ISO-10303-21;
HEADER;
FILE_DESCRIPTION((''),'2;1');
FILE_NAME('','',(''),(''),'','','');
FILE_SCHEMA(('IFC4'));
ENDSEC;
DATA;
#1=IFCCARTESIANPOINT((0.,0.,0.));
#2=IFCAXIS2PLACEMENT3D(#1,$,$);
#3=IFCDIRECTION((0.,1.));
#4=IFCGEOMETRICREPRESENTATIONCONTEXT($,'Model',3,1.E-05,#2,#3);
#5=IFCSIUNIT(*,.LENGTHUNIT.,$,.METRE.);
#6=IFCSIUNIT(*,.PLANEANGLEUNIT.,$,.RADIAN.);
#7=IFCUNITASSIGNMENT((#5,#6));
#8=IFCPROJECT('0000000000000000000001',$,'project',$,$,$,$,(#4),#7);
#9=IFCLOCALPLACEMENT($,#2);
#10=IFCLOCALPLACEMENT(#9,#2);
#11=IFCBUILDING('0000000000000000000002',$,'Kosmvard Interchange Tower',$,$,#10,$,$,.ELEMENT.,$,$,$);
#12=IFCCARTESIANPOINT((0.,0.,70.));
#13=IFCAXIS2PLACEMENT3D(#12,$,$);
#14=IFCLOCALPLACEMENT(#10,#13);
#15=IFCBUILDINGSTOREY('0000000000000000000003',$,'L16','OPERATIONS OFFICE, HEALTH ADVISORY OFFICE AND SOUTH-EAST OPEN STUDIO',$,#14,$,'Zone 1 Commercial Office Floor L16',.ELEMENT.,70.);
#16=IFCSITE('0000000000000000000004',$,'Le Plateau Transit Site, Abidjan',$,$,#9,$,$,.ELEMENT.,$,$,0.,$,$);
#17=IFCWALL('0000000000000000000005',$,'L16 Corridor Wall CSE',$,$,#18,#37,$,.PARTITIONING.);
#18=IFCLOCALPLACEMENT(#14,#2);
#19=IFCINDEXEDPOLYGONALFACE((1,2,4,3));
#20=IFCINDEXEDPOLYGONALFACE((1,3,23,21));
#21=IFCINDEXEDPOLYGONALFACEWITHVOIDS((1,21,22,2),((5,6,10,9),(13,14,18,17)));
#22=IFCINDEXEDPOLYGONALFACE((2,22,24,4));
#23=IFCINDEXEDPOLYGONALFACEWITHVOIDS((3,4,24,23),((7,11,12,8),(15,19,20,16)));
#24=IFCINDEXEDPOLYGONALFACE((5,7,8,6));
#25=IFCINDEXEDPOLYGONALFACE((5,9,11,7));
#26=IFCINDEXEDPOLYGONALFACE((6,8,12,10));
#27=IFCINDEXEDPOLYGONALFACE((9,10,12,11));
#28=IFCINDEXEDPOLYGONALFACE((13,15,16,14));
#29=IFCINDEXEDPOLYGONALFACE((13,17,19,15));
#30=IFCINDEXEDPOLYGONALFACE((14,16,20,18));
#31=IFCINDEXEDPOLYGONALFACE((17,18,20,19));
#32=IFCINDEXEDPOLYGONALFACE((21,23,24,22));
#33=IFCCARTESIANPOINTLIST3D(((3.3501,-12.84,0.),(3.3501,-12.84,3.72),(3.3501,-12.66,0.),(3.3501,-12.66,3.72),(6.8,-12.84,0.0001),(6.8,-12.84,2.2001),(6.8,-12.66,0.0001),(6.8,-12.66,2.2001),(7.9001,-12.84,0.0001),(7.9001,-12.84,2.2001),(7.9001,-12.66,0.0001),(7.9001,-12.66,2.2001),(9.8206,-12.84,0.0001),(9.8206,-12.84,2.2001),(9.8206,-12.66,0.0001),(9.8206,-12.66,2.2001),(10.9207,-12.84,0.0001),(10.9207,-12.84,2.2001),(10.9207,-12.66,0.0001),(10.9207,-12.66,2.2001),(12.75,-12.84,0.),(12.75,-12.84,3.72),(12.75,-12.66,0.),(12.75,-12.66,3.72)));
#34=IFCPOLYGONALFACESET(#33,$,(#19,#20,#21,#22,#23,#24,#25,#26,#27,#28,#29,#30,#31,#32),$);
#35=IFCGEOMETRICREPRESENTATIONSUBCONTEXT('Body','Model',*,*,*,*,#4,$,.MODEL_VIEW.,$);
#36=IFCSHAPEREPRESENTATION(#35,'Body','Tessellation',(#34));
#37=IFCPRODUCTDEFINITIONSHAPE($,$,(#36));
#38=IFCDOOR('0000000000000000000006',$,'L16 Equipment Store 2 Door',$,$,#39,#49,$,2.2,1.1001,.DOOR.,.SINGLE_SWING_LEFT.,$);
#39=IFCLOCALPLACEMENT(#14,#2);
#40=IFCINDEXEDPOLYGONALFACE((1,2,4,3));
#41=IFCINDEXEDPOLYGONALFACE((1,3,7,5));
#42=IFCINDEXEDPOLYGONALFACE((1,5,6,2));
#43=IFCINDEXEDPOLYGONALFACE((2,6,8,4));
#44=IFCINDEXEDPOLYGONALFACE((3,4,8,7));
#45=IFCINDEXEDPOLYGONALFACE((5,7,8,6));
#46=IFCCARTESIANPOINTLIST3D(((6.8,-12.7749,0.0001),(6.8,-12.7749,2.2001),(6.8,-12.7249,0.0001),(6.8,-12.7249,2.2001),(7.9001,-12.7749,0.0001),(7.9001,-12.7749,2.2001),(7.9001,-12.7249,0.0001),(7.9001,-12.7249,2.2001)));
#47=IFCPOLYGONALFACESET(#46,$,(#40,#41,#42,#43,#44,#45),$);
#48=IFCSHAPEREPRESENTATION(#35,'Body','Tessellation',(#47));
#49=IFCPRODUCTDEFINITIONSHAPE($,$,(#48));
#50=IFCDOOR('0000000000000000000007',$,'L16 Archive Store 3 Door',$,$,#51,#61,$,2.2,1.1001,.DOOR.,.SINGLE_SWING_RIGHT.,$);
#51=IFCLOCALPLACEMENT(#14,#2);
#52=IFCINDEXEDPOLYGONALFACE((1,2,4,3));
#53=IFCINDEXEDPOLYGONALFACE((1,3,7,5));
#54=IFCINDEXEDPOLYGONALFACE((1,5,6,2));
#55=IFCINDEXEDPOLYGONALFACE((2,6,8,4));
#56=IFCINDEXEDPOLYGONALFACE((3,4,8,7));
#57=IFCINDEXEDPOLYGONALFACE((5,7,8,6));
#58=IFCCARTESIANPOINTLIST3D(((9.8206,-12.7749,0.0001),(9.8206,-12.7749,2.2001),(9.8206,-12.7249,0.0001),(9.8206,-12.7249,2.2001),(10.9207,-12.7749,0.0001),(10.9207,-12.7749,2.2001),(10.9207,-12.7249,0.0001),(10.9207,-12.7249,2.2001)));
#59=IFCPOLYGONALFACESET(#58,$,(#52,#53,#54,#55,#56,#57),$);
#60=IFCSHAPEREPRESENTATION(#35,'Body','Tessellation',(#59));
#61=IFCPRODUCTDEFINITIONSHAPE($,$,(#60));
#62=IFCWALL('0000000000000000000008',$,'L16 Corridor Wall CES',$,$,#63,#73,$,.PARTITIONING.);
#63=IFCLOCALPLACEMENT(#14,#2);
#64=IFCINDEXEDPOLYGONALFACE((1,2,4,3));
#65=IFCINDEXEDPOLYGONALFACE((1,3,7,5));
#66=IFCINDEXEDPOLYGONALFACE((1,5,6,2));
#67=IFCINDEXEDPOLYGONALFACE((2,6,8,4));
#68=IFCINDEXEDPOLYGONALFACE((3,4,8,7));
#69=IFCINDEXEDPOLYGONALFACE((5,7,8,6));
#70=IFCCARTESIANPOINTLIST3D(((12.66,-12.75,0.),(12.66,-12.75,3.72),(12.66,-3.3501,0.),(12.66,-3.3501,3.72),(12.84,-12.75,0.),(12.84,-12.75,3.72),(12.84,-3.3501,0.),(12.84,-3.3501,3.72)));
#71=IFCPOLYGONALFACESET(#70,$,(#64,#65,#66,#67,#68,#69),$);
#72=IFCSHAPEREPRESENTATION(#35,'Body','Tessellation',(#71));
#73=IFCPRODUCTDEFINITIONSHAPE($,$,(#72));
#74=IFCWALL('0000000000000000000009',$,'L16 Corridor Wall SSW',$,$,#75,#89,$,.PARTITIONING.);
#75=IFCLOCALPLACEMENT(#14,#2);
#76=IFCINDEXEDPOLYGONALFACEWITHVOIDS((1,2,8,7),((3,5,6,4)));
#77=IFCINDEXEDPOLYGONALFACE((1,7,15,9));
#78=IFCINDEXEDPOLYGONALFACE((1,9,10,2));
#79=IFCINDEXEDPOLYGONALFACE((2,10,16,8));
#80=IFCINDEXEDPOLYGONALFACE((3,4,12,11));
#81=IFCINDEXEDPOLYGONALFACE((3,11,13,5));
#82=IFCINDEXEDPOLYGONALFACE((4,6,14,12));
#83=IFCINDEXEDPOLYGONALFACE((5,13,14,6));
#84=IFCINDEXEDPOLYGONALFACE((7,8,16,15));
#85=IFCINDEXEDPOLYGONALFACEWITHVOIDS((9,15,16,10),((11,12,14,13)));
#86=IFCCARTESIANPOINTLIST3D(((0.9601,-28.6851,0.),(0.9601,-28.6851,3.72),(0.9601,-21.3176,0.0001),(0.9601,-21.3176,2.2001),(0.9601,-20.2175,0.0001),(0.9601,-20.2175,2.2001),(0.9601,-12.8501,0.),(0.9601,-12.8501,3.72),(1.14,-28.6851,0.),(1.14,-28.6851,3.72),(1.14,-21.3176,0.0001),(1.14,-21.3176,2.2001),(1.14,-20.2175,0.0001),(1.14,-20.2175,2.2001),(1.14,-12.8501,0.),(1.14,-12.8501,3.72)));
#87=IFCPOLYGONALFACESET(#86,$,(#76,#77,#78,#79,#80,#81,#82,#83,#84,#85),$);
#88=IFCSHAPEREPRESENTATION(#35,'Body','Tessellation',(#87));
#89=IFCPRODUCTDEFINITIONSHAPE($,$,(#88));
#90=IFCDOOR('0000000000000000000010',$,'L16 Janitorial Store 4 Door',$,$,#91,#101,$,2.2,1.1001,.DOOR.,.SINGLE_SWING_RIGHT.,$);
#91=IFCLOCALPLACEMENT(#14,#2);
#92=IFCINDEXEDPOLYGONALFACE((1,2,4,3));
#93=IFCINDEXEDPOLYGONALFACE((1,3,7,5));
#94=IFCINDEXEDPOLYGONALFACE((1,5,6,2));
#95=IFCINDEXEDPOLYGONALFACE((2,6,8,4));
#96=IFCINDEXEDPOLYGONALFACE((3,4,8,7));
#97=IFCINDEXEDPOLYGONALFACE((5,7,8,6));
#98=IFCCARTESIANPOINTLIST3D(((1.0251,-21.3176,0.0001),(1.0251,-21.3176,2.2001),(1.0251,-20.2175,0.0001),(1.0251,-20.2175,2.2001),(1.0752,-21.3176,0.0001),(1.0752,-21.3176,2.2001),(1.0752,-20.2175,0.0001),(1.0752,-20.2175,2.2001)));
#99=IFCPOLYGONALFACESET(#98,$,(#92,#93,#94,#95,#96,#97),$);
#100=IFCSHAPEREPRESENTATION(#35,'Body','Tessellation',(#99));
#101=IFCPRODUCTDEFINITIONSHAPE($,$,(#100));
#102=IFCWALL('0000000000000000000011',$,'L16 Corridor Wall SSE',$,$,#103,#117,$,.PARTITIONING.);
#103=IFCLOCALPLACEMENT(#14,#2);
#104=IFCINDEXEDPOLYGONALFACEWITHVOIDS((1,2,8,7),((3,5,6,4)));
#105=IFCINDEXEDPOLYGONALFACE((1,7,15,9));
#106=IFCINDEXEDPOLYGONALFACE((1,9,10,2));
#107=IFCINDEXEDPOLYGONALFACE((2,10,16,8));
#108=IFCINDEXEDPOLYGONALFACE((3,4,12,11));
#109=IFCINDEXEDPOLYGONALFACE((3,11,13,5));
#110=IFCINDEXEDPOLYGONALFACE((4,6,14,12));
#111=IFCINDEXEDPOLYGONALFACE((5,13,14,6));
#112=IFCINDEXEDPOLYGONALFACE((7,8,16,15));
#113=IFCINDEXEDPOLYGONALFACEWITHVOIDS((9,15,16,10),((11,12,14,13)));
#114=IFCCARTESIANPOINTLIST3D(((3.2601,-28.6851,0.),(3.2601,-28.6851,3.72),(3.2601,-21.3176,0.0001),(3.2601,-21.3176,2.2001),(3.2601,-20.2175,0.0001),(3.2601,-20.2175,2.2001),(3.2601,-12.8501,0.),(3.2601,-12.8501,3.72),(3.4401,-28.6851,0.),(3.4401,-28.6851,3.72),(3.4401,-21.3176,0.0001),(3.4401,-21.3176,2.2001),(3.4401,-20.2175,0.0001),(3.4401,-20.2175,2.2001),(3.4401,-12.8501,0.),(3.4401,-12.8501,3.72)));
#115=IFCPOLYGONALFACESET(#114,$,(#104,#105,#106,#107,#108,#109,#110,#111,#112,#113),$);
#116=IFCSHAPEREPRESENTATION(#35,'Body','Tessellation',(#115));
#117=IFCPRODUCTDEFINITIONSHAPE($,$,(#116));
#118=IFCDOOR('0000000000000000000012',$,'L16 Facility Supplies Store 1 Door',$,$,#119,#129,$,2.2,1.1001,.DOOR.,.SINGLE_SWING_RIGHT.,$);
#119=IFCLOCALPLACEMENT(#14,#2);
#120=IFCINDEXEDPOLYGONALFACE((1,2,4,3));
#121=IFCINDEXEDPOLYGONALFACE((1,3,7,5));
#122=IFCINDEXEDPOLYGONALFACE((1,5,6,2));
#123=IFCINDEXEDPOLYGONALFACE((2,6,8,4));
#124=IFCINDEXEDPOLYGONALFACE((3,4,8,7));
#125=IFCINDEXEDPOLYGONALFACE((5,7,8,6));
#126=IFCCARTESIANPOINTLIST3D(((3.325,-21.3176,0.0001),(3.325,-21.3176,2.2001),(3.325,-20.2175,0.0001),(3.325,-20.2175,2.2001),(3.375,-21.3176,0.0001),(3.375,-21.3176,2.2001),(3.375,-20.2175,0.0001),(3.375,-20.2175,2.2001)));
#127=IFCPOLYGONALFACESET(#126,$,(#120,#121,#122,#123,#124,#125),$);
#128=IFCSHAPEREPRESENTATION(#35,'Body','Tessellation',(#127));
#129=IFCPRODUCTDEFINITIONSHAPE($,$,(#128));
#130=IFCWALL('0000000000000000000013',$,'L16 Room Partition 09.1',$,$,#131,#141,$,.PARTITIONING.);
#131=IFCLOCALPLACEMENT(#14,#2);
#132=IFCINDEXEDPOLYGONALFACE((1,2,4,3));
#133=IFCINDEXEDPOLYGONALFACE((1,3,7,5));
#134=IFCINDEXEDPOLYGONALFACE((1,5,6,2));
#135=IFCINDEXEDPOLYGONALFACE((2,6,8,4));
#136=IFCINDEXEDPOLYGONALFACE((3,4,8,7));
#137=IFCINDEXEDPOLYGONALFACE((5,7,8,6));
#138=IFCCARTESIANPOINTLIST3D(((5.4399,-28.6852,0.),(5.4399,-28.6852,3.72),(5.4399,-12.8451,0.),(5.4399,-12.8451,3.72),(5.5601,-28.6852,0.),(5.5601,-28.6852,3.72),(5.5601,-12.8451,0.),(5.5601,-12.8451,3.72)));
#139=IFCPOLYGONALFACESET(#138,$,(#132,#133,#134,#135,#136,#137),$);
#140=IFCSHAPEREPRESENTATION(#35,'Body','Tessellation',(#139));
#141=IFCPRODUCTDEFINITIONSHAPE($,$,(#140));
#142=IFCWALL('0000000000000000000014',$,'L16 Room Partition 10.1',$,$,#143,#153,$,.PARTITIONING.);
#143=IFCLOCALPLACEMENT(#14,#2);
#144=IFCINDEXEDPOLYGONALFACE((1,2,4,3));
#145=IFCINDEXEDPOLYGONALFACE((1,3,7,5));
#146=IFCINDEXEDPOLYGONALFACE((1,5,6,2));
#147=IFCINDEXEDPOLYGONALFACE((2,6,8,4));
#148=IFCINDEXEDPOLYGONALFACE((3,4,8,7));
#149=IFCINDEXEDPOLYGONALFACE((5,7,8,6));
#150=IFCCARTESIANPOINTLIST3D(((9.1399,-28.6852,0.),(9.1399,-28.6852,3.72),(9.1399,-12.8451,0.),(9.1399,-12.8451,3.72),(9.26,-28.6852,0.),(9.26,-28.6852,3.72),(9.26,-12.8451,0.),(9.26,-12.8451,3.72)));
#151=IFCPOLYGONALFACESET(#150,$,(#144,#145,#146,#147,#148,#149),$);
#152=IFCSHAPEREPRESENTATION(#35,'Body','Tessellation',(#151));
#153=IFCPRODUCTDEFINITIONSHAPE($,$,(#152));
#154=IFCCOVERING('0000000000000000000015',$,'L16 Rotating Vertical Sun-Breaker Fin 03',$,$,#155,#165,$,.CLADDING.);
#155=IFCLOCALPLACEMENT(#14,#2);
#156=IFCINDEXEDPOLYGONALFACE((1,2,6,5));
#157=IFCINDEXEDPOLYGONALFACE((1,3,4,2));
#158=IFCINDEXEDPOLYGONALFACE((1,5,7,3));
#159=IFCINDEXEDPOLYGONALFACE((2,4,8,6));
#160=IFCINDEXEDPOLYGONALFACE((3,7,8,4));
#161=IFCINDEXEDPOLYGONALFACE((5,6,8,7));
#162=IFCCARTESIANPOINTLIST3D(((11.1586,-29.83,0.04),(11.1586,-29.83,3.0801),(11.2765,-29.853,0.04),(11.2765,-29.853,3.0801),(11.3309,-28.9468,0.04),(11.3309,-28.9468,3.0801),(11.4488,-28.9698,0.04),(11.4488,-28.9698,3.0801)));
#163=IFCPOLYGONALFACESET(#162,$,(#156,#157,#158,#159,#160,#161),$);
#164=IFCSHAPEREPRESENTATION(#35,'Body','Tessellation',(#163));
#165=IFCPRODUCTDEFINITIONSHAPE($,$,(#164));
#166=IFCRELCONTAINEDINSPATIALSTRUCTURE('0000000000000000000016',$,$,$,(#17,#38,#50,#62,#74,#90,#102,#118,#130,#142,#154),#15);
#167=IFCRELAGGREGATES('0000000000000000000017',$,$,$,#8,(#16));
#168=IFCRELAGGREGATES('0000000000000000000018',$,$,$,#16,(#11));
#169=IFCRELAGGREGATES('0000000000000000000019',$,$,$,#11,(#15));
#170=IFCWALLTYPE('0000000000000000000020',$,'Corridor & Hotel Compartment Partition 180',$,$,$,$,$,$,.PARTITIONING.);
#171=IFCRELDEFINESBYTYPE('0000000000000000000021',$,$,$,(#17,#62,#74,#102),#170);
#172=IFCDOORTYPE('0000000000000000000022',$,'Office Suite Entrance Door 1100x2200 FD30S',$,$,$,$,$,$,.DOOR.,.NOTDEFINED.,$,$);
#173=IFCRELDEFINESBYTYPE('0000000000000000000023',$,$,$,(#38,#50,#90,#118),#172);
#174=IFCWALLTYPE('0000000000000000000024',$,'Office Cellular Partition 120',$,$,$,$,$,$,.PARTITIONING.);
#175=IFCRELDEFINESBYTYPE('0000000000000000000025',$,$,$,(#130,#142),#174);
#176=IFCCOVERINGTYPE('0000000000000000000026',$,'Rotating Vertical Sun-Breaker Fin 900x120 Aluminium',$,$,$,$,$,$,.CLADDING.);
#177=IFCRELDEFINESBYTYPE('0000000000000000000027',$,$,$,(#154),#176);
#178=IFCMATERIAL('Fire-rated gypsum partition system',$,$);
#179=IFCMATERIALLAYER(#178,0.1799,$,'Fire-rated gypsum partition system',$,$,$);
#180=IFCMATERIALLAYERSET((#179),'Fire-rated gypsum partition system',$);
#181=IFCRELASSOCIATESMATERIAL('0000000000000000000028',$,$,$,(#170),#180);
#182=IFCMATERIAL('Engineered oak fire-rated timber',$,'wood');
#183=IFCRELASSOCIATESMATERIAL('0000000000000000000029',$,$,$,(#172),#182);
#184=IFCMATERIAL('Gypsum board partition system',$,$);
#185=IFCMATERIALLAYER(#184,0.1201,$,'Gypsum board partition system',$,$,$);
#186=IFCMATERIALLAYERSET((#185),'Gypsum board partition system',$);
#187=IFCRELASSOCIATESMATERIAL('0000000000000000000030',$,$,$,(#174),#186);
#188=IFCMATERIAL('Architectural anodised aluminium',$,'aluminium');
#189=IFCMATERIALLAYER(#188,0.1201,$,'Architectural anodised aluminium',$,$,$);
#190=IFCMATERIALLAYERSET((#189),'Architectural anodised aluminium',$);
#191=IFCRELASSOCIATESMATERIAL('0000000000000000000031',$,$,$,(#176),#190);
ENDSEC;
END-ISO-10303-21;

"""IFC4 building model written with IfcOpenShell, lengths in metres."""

from ifc_helpers import new_model, si_unit, direction, frame, frame_2d, origin, origin_2d, place, context, subcontext, project, spatial, rectangle, extrude, source, transform, mapped, material, layer, layer_set, type_object, element, fill, save


model = new_model("IFC4")

# Units and contexts
model_context = context("Model", 3, precision=1e-05, world=origin(), true_north=direction((0.0, 1.0)))
body_context = subcontext(model_context, "Body", "Model", "MODEL_VIEW")
ifc_project = project(units=[si_unit("LENGTHUNIT", "METRE"), si_unit("PLANEANGLEUNIT", "RADIAN")], contexts=[model_context])

# Site, building, storey
site_placement = place(None, origin())
site = spatial("IfcSite", under=ifc_project, at=site_placement, Name="Le Plateau Transit Site, Abidjan", CompositionType="ELEMENT", RefElevation=0.0)
building_placement = place(site_placement, origin())
building = spatial("IfcBuilding", under=site, at=building_placement, Name="Kosmvard Interchange Tower", CompositionType="ELEMENT")
storey_placement = place(building_placement, frame((0.0, 0.0, 70.0)))
storey = spatial("IfcBuildingStorey", under=building, at=storey_placement, Name="L16", Description="OPERATIONS OFFICE, HEALTH ADVISORY OFFICE AND SOUTH-EAST OPEN STUDIO", LongName="Zone 1 Commercial Office Floor L16", CompositionType="ELEMENT", Elevation=70.0)

# Wall, openings, doors
ifc_material_1 = material(Name="Fire-rated gypsum partition system")
ifc_layer_1 = layer(ifc_material_1, 0.1799, Name="Fire-rated gypsum partition system")
ifc_layer_set_1 = layer_set([ifc_layer_1], Name="Fire-rated gypsum partition system")
wall_type_1 = type_object("IfcWallType", Name="Corridor & Hotel Compartment Partition 180", PredefinedType="PARTITIONING", material=ifc_layer_set_1)
wall_1_placement = place(storey_placement, frame((3.3501, -12.75, 0.0), z_axis=(0.0, 0.0, 1.0), x_axis=(1.0, 0.0, 0.0)))
wall_1 = element("IfcWall", 1, at=wall_1_placement, inside=storey, type_object=wall_type_1, Name="L16 Corridor Wall CSE", PredefinedType="PARTITIONING", context=body_context, shape_type="SweptSolid", body=[
    extrude(rectangle(XDim=9.3999, YDim=0.1799, at=frame_2d((4.7, 0.0))), origin(), (0.0, 0.0, 1.0), 3.72),
])
opening_1_placement = place(wall_1_placement, frame((3.45, 0.0, 0.0)))
opening_1 = element("IfcOpeningElement", 2, at=opening_1_placement, cuts=wall_1, PredefinedType="OPENING", context=body_context, shape_type="SweptSolid", body=[
    extrude(rectangle(XDim=1.1001, YDim=2.2, at=frame_2d((0.55, 1.1001))), frame((0.0, 0.1001, 0.0), z_axis=(0.0, -1.0, 0.0), x_axis=(1.0, 0.0, 0.0)), (0.0, 0.0, 1.0), 0.2),
])
opening_2_placement = place(wall_1_placement, frame((6.4705, 0.0, 0.0)))
opening_2 = element("IfcOpeningElement", 3, at=opening_2_placement, cuts=wall_1, PredefinedType="OPENING", context=body_context, shape_type="SweptSolid", body=[
    extrude(rectangle(XDim=1.1001, YDim=2.2, at=frame_2d((0.55, 1.1001))), frame((0.0, 0.1001, 0.0), z_axis=(0.0, -1.0, 0.0), x_axis=(1.0, 0.0, 0.0)), (0.0, 0.0, 1.0), 0.2),
])
ifc_material_2 = material(Name="Engineered oak fire-rated timber", Category="wood")
door_type = type_object("IfcDoorType", Name="Office Suite Entrance Door 1100x2200 FD30S", OperationType="NOTDEFINED", PredefinedType="DOOR", material=ifc_material_2)
shared_shape_1 = source(origin(), body_context, "Body", "SweptSolid", [
    extrude(rectangle(XDim=1.1001, YDim=2.2, at=frame_2d((0.55, 1.1001))), frame((0.0, 0.0249, 0.0), z_axis=(0.0, -1.0, 0.0), x_axis=(1.0, 0.0, 0.0)), (0.0, 0.0, 1.0), 0.05),
])
door_1_placement = place(opening_1_placement, frame((1.1001, 0.0, 0.0), z_axis=(0.0, 0.0, 1.0), x_axis=(-1.0, 0.0, 0.0)))
door_1 = element("IfcDoor", 4, at=door_1_placement, inside=storey, type_object=door_type, Name="L16 Equipment Store 2 Door", OperationType="SINGLE_SWING_LEFT", OverallHeight=2.2, OverallWidth=1.1001, PredefinedType="DOOR", context=body_context, shape_type="MappedRepresentation", body=[
    mapped(shared_shape_1, transform((0.0, 0.0, 0.0), scale=1.0)),
])
fill(opening_1, door_1)
door_2_placement = place(opening_2_placement, frame((1.1001, 0.0, 0.0), z_axis=(0.0, 0.0, 1.0), x_axis=(-1.0, 0.0, 0.0)))
door_2 = element("IfcDoor", 5, at=door_2_placement, inside=storey, type_object=door_type, Name="L16 Archive Store 3 Door", OperationType="SINGLE_SWING_RIGHT", OverallHeight=2.2, OverallWidth=1.1001, PredefinedType="DOOR", context=body_context, shape_type="MappedRepresentation", body=[
    mapped(shared_shape_1, transform((0.0, 0.0, 0.0), scale=1.0)),
])
fill(opening_2, door_2)

# Wall
wall_2_placement = place(storey_placement, frame((12.75, -12.75, 0.0), z_axis=(0.0, 0.0, 1.0), x_axis=(0.0, 1.0, 0.0)))
element("IfcWall", 6, at=wall_2_placement, inside=storey, type_object=wall_type_1, Name="L16 Corridor Wall CES", PredefinedType="PARTITIONING", context=body_context, shape_type="SweptSolid", body=[
    extrude(rectangle(XDim=9.3999, YDim=0.1799, at=frame_2d((4.7, 0.0))), origin(), (0.0, 0.0, 1.0), 3.72),
])

# Walls, openings, doors
wall_3_placement = place(storey_placement, frame((1.05, -28.6851, 0.0), z_axis=(0.0, 0.0, 1.0), x_axis=(0.0, 1.0, 0.0)))
wall_3 = element("IfcWall", 7, at=wall_3_placement, inside=storey, type_object=wall_type_1, Name="L16 Corridor Wall SSW", PredefinedType="PARTITIONING", context=body_context, shape_type="SweptSolid", body=[
    extrude(rectangle(XDim=15.835, YDim=0.1799, at=frame_2d((7.9175, 0.0))), origin(), (0.0, 0.0, 1.0), 3.72),
])
opening_3_placement = place(wall_3_placement, frame((7.3674, 0.0, 0.0)))
opening_3 = element("IfcOpeningElement", 8, at=opening_3_placement, cuts=wall_3, PredefinedType="OPENING", context=body_context, shape_type="SweptSolid", body=[
    extrude(rectangle(XDim=1.1001, YDim=2.2, at=frame_2d((0.55, 1.1001))), frame((0.0, 0.1001, 0.0), z_axis=(0.0, -1.0, 0.0), x_axis=(1.0, 0.0, 0.0)), (0.0, 0.0, 1.0), 0.2),
])
door_3_placement = place(opening_3_placement, origin())
door_3 = element("IfcDoor", 9, at=door_3_placement, inside=storey, type_object=door_type, Name="L16 Janitorial Store 4 Door", OperationType="SINGLE_SWING_RIGHT", OverallHeight=2.2, OverallWidth=1.1001, PredefinedType="DOOR", context=body_context, shape_type="MappedRepresentation", body=[
    mapped(shared_shape_1, transform((0.0, 0.0, 0.0), scale=1.0)),
])
fill(opening_3, door_3)
wall_4_placement = place(storey_placement, frame((3.3501, -28.6851, 0.0), z_axis=(0.0, 0.0, 1.0), x_axis=(0.0, 1.0, 0.0)))
wall_4 = element("IfcWall", 10, at=wall_4_placement, inside=storey, type_object=wall_type_1, Name="L16 Corridor Wall SSE", PredefinedType="PARTITIONING", context=body_context, shape_type="SweptSolid", body=[
    extrude(rectangle(XDim=15.835, YDim=0.1799, at=frame_2d((7.9175, 0.0))), origin(), (0.0, 0.0, 1.0), 3.72),
])
opening_4_placement = place(wall_4_placement, frame((7.3674, 0.0, 0.0)))
opening_4 = element("IfcOpeningElement", 11, at=opening_4_placement, cuts=wall_4, PredefinedType="OPENING", context=body_context, shape_type="SweptSolid", body=[
    extrude(rectangle(XDim=1.1001, YDim=2.2, at=frame_2d((0.55, 1.1001))), frame((0.0, 0.1001, 0.0), z_axis=(0.0, -1.0, 0.0), x_axis=(1.0, 0.0, 0.0)), (0.0, 0.0, 1.0), 0.2),
])
door_4_placement = place(opening_4_placement, frame((1.1001, 0.0, 0.0), z_axis=(0.0, 0.0, 1.0), x_axis=(-1.0, 0.0, 0.0)))
door_4 = element("IfcDoor", 12, at=door_4_placement, inside=storey, type_object=door_type, Name="L16 Facility Supplies Store 1 Door", OperationType="SINGLE_SWING_RIGHT", OverallHeight=2.2, OverallWidth=1.1001, PredefinedType="DOOR", context=body_context, shape_type="MappedRepresentation", body=[
    mapped(shared_shape_1, transform((0.0, 0.0, 0.0), scale=1.0)),
])
fill(opening_4, door_4)

# Walls
ifc_material_3 = material(Name="Gypsum board partition system")
ifc_layer_2 = layer(ifc_material_3, 0.1201, Name="Gypsum board partition system")
ifc_layer_set_2 = layer_set([ifc_layer_2], Name="Gypsum board partition system")
wall_type_2 = type_object("IfcWallType", Name="Office Cellular Partition 120", PredefinedType="PARTITIONING", material=ifc_layer_set_2)
for number, where, z_axis, x_axis, name in (
    (13, (5.5, -28.6851, 0.0), (0.0, 0.0, 1.0), (0.0, 1.0, 0.0), "L16 Room Partition 09.1"),
    (14, (9.2, -28.6851, 0.0), (0.0, 0.0, 1.0), (0.0, 1.0, 0.0), "L16 Room Partition 10.1"),
):
    element("IfcWall", number, at=place(storey_placement, frame(where, z_axis=z_axis, x_axis=x_axis)), inside=storey, type_object=wall_type_2, Name=name, PredefinedType="PARTITIONING", context=body_context, shape_type="SweptSolid", body=[
        extrude(rectangle(XDim=15.8401, YDim=0.1201, at=frame_2d((7.9199, 0.0))), origin(), (0.0, 0.0, 1.0), 3.72),
    ])

# Covering
ifc_material_4 = material(Name="Architectural anodised aluminium", Category="aluminium")
ifc_layer_3 = layer(ifc_material_4, 0.1201, Name="Architectural anodised aluminium")
ifc_layer_set_3 = layer_set([ifc_layer_3], Name="Architectural anodised aluminium")
covering_type = type_object("IfcCoveringType", Name="Rotating Vertical Sun-Breaker Fin 900x120 Aluminium", PredefinedType="CLADDING", material=ifc_layer_set_3)
shared_shape_2 = source(origin(), body_context, "Body", "SweptSolid", [
    extrude(rectangle(XDim=0.8999, YDim=0.1201, at=origin_2d()), origin(), (0.0, 0.0, 1.0), 3.04),
])
covering_placement = place(storey_placement, frame((11.3037, -29.3999, 0.04), z_axis=(0.0, 0.0, 1.0), x_axis=(-0.191494, -0.981494, 0.0)))
element("IfcCovering", 15, at=covering_placement, inside=storey, type_object=covering_type, Name="L16 Rotating Vertical Sun-Breaker Fin 03", PredefinedType="CLADDING", context=body_context, shape_type="MappedRepresentation", body=[
    mapped(shared_shape_2, transform((0.0, 0.0, 0.0), scale=1.0)),
])

save(model, "model.ifc")
